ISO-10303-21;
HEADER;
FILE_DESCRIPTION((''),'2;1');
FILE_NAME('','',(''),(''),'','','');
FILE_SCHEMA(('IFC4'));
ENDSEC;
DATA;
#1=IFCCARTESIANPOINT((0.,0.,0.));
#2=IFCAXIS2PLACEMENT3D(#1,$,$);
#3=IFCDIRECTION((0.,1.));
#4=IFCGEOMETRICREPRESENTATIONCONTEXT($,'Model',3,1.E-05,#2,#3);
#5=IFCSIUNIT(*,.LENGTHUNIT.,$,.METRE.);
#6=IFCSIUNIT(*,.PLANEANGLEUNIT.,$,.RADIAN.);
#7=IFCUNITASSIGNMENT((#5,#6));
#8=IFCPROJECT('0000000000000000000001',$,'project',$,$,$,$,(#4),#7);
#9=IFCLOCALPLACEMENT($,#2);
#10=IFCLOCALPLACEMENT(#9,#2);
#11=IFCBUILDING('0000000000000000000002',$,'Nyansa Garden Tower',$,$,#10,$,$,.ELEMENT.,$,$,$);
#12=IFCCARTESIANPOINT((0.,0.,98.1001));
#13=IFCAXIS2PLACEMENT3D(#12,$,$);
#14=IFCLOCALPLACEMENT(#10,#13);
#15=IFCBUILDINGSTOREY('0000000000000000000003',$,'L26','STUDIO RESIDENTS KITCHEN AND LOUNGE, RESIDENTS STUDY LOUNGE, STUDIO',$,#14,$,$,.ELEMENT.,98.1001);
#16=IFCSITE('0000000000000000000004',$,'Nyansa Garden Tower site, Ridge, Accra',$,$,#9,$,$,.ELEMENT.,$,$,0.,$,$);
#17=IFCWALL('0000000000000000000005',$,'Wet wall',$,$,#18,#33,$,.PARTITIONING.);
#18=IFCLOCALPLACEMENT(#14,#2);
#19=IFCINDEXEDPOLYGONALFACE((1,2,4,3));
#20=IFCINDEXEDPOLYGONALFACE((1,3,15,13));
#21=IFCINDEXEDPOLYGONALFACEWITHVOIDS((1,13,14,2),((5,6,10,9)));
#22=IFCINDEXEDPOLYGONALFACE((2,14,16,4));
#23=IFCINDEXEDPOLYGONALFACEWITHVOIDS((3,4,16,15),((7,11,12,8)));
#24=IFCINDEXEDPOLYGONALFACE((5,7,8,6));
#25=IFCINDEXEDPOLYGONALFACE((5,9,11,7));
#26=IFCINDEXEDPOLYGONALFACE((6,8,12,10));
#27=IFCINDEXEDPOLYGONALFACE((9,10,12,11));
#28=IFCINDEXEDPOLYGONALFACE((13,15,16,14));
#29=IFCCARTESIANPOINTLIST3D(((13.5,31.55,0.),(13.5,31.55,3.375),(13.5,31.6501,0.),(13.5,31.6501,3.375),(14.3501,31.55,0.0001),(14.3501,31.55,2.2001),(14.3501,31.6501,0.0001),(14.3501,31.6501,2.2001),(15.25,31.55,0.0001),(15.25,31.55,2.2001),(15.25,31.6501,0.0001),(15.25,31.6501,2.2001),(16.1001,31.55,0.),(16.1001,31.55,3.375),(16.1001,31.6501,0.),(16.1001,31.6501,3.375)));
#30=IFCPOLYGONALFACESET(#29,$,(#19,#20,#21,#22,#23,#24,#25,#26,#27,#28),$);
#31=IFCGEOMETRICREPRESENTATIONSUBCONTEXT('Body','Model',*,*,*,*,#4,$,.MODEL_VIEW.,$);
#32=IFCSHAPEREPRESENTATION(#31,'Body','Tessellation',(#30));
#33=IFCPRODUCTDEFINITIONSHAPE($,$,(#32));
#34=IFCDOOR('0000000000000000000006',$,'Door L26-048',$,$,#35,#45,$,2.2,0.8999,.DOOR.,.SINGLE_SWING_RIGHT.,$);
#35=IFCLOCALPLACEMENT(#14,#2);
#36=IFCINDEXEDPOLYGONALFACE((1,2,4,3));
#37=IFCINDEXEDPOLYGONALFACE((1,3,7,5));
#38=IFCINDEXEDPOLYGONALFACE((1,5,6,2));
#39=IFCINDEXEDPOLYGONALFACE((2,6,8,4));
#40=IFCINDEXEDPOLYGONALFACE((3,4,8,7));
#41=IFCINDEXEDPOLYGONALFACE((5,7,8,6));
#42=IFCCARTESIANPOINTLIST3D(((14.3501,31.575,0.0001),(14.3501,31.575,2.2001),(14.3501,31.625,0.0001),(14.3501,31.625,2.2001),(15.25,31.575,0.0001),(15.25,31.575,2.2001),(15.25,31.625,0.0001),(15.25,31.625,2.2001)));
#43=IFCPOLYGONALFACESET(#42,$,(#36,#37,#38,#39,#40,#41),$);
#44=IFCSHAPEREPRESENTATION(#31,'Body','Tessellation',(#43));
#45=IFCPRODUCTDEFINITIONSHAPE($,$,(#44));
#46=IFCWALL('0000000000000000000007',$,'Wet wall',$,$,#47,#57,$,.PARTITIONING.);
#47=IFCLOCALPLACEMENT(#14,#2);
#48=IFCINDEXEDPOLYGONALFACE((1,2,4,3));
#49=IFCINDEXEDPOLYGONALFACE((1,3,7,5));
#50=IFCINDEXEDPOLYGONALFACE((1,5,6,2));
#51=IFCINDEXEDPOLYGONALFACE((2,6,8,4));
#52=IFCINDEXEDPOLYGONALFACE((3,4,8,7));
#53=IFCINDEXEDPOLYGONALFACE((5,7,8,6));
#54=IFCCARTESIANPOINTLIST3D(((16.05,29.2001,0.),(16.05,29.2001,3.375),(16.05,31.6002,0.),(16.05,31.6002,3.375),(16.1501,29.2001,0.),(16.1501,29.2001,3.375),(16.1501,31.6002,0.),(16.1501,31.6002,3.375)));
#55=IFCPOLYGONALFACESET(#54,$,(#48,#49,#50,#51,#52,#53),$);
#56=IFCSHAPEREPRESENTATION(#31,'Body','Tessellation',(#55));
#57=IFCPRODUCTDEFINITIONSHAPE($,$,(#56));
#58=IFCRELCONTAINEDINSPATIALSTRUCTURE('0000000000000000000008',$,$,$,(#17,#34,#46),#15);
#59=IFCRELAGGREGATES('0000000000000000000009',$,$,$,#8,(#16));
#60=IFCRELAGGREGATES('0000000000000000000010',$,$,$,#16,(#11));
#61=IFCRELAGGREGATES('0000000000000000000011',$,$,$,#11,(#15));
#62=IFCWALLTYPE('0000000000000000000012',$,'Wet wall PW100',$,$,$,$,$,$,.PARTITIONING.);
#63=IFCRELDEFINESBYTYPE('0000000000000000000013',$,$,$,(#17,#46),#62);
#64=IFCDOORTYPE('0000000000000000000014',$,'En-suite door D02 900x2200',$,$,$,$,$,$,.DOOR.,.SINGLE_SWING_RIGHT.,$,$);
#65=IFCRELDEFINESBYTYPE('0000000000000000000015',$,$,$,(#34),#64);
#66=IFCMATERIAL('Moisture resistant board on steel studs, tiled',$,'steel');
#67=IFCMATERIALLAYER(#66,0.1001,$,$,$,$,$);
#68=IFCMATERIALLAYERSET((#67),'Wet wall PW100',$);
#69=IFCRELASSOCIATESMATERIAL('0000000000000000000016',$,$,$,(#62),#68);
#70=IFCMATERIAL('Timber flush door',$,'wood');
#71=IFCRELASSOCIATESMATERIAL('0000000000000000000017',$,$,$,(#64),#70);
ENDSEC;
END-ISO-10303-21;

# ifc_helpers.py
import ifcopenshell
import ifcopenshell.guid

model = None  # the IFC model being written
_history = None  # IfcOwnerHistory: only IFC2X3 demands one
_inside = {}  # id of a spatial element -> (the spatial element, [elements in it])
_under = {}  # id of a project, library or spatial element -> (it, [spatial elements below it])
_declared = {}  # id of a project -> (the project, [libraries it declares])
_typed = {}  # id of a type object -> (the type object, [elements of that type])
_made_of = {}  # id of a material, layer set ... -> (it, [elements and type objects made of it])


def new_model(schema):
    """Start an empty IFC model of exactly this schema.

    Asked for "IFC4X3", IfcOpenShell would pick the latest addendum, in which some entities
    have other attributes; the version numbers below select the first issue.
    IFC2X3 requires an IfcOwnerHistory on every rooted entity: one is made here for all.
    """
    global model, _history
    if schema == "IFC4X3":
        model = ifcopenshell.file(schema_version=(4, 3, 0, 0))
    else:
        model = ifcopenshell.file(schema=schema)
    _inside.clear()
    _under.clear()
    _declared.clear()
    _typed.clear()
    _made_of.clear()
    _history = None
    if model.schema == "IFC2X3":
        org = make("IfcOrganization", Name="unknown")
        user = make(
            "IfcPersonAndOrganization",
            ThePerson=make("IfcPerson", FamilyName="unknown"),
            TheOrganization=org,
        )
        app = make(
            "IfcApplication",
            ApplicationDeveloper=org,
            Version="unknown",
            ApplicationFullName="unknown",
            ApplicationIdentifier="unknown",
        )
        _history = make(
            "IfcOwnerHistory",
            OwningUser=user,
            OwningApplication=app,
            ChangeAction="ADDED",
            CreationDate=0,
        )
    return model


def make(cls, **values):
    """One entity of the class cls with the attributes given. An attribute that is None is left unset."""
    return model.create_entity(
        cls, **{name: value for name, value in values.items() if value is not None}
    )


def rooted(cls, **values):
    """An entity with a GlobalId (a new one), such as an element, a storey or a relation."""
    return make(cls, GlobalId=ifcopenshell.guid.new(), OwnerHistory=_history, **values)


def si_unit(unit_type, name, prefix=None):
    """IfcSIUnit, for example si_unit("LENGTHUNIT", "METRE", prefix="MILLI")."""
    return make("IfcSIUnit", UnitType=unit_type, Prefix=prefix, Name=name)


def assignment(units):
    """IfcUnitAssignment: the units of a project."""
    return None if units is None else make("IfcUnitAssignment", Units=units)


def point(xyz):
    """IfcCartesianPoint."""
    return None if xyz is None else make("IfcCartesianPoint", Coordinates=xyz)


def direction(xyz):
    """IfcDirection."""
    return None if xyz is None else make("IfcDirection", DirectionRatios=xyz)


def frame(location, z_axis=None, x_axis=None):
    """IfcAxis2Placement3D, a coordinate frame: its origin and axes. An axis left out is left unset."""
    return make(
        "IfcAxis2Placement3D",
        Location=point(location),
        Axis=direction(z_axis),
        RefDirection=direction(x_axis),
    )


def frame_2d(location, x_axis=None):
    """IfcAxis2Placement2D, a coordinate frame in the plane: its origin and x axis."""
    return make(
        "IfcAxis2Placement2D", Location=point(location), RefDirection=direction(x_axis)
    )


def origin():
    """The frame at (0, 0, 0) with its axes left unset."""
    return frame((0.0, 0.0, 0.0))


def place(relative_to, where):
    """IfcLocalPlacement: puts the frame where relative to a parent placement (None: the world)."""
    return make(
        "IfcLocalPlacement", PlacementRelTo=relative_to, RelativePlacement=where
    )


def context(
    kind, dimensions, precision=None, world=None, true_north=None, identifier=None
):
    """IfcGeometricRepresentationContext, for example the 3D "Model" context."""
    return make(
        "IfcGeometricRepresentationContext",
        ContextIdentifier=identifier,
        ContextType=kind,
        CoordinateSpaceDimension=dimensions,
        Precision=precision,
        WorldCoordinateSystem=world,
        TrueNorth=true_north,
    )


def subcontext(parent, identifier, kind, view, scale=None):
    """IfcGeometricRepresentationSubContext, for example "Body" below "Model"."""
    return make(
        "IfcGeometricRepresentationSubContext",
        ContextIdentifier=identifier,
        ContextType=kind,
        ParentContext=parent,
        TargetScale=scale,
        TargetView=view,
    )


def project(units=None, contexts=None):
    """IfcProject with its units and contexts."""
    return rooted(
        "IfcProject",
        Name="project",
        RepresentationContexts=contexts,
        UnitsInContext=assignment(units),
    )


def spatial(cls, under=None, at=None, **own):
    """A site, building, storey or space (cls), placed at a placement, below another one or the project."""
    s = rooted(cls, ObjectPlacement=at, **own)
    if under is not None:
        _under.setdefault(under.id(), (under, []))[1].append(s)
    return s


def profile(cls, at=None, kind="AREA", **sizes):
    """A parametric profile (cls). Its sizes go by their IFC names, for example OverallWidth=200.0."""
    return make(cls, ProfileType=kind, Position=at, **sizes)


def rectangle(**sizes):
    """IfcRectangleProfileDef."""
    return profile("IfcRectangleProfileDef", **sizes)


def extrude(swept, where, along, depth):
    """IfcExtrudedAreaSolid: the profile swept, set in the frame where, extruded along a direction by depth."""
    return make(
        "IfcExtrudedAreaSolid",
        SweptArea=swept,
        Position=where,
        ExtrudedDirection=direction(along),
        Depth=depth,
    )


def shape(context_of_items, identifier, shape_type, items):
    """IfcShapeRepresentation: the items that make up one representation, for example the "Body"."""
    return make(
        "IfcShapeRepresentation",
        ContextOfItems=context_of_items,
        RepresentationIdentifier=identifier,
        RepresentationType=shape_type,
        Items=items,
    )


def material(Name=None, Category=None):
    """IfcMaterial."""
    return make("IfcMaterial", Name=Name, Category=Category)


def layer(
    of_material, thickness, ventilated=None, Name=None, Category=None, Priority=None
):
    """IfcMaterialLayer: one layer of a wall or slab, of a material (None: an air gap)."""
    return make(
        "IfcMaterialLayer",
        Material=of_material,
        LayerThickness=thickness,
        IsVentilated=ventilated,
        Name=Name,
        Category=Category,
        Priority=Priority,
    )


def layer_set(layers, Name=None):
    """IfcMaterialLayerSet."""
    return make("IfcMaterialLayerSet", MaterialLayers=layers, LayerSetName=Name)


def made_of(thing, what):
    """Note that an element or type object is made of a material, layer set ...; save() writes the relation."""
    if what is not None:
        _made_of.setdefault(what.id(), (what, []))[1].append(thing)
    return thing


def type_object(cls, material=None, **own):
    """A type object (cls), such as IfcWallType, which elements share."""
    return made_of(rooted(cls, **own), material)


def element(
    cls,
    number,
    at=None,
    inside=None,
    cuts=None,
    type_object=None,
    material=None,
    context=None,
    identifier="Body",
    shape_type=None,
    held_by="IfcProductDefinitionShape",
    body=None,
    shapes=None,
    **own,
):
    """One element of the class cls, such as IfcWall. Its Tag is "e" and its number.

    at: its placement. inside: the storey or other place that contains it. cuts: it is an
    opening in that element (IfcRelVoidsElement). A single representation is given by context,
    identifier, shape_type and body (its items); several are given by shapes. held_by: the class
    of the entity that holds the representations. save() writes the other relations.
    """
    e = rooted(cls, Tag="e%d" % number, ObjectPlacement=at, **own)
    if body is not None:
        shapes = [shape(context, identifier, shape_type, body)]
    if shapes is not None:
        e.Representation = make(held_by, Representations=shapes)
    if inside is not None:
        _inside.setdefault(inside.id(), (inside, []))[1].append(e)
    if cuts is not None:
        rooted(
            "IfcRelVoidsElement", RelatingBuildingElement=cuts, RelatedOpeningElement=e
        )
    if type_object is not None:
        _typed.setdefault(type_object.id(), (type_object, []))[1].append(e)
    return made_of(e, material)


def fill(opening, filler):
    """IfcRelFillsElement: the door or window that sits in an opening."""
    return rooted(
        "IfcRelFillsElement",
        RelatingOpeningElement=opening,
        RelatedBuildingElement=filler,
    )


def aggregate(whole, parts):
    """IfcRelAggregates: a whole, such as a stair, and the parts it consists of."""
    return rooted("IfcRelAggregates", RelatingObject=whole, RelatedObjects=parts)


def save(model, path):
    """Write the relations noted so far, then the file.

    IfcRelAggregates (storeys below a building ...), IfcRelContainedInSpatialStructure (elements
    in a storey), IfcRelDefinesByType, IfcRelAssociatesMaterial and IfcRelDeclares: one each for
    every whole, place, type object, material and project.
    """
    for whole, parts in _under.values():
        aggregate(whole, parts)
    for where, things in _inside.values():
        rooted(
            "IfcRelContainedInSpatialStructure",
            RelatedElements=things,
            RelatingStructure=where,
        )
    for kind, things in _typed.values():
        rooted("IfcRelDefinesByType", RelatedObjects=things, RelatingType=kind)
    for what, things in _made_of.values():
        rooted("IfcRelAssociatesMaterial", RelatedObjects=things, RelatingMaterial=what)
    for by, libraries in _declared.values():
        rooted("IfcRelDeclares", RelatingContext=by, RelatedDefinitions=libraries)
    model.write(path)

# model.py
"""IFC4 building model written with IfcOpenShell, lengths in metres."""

from ifc_helpers import new_model, si_unit, direction, frame, frame_2d, origin, place, context, subcontext, project, spatial, rectangle, extrude, material, layer, layer_set, type_object, element, fill, save


model = new_model("IFC4")

# Units and contexts
model_context = context("Model", 3, precision=1e-05, world=origin(), true_north=direction((0.0, 1.0)))
body_context = subcontext(model_context, "Body", "Model", "MODEL_VIEW")
ifc_project = project(units=[si_unit("LENGTHUNIT", "METRE"), si_unit("PLANEANGLEUNIT", "RADIAN")], contexts=[model_context])

# Site, building, storey
site_placement = place(None, origin())
site = spatial("IfcSite", under=ifc_project, at=site_placement, Name="Nyansa Garden Tower site, Ridge, Accra", CompositionType="ELEMENT", RefElevation=0.0)
building_placement = place(site_placement, origin())
building = spatial("IfcBuilding", under=site, at=building_placement, Name="Nyansa Garden Tower", CompositionType="ELEMENT")
storey_placement = place(building_placement, frame((0.0, 0.0, 98.1001)))
storey = spatial("IfcBuildingStorey", under=building, at=storey_placement, Name="L26", Description="STUDIO RESIDENTS KITCHEN AND LOUNGE, RESIDENTS STUDY LOUNGE, STUDIO", CompositionType="ELEMENT", Elevation=98.1001)

# Wall, opening, door
ifc_material_1 = material(Name="Moisture resistant board on steel studs, tiled", Category="steel")
ifc_layer_1 = layer(ifc_material_1, 0.1001)
ifc_layer_set_1 = layer_set([ifc_layer_1], Name="Wet wall PW100")
wall_type_1 = type_object("IfcWallType", Name="Wet wall PW100", PredefinedType="PARTITIONING", material=ifc_layer_set_1)
ifc_material_2 = material(Name="Timber flush door", Category="wood")
door_type_1 = type_object("IfcDoorType", Name="En-suite door D02 900x2200", OperationType="SINGLE_SWING_RIGHT", PredefinedType="DOOR", material=ifc_material_2)
wall_1_placement = place(storey_placement, frame((13.5, 31.6001, 0.0), z_axis=(0.0, 0.0, 1.0), x_axis=(1.0, 0.0, 0.0)))
wall_1 = element("IfcWall", 1, at=wall_1_placement, inside=storey, type_object=wall_type_1, Name="Wet wall", PredefinedType="PARTITIONING", context=body_context, shape_type="SweptSolid", body=[
    extrude(rectangle(XDim=2.6001, YDim=0.1001, at=frame_2d((1.3, 0.0))), origin(), (0.0, 0.0, 1.0), 3.375),
])
opening_1_placement = place(wall_1_placement, frame((0.8501, 0.0, 0.0)))
opening_1 = element("IfcOpeningElement", 2, at=opening_1_placement, cuts=wall_1, PredefinedType="OPENING", context=body_context, shape_type="SweptSolid", body=[
    extrude(rectangle(XDim=0.8999, YDim=2.2, at=frame_2d((0.45, 1.1001))), frame((0.0, 0.0601, 0.0), z_axis=(0.0, -1.0, 0.0), x_axis=(1.0, 0.0, 0.0)), (0.0, 0.0, 1.0), 0.1201),
])
door_1_placement = place(opening_1_placement, origin())
door_1 = element("IfcDoor", 3, at=door_1_placement, inside=storey, type_object=door_type_1, Name="Door L26-048", OperationType="SINGLE_SWING_RIGHT", OverallHeight=2.2, OverallWidth=0.8999, PredefinedType="DOOR", context=body_context, shape_type="SweptSolid", body=[
    extrude(rectangle(XDim=0.8999, YDim=2.2, at=frame_2d((0.45, 1.1001))), frame((0.0, 0.0249, 0.0), z_axis=(0.0, -1.0, 0.0), x_axis=(1.0, 0.0, 0.0)), (0.0, 0.0, 1.0), 0.05),
])
fill(opening_1, door_1)

# Wall
wall_2_placement = place(storey_placement, frame((16.1001, 29.2, 0.0), z_axis=(0.0, 0.0, 1.0), x_axis=(0.0, 1.0, 0.0)))
element("IfcWall", 4, at=wall_2_placement, inside=storey, type_object=wall_type_1, Name="Wet wall", PredefinedType="PARTITIONING", context=body_context, shape_type="SweptSolid", body=[
    extrude(rectangle(XDim=2.4001, YDim=0.1001, at=frame_2d((1.2002, 0.0))), origin(), (0.0, 0.0, 1.0), 3.375),
])

save(model, "model.ifc")
